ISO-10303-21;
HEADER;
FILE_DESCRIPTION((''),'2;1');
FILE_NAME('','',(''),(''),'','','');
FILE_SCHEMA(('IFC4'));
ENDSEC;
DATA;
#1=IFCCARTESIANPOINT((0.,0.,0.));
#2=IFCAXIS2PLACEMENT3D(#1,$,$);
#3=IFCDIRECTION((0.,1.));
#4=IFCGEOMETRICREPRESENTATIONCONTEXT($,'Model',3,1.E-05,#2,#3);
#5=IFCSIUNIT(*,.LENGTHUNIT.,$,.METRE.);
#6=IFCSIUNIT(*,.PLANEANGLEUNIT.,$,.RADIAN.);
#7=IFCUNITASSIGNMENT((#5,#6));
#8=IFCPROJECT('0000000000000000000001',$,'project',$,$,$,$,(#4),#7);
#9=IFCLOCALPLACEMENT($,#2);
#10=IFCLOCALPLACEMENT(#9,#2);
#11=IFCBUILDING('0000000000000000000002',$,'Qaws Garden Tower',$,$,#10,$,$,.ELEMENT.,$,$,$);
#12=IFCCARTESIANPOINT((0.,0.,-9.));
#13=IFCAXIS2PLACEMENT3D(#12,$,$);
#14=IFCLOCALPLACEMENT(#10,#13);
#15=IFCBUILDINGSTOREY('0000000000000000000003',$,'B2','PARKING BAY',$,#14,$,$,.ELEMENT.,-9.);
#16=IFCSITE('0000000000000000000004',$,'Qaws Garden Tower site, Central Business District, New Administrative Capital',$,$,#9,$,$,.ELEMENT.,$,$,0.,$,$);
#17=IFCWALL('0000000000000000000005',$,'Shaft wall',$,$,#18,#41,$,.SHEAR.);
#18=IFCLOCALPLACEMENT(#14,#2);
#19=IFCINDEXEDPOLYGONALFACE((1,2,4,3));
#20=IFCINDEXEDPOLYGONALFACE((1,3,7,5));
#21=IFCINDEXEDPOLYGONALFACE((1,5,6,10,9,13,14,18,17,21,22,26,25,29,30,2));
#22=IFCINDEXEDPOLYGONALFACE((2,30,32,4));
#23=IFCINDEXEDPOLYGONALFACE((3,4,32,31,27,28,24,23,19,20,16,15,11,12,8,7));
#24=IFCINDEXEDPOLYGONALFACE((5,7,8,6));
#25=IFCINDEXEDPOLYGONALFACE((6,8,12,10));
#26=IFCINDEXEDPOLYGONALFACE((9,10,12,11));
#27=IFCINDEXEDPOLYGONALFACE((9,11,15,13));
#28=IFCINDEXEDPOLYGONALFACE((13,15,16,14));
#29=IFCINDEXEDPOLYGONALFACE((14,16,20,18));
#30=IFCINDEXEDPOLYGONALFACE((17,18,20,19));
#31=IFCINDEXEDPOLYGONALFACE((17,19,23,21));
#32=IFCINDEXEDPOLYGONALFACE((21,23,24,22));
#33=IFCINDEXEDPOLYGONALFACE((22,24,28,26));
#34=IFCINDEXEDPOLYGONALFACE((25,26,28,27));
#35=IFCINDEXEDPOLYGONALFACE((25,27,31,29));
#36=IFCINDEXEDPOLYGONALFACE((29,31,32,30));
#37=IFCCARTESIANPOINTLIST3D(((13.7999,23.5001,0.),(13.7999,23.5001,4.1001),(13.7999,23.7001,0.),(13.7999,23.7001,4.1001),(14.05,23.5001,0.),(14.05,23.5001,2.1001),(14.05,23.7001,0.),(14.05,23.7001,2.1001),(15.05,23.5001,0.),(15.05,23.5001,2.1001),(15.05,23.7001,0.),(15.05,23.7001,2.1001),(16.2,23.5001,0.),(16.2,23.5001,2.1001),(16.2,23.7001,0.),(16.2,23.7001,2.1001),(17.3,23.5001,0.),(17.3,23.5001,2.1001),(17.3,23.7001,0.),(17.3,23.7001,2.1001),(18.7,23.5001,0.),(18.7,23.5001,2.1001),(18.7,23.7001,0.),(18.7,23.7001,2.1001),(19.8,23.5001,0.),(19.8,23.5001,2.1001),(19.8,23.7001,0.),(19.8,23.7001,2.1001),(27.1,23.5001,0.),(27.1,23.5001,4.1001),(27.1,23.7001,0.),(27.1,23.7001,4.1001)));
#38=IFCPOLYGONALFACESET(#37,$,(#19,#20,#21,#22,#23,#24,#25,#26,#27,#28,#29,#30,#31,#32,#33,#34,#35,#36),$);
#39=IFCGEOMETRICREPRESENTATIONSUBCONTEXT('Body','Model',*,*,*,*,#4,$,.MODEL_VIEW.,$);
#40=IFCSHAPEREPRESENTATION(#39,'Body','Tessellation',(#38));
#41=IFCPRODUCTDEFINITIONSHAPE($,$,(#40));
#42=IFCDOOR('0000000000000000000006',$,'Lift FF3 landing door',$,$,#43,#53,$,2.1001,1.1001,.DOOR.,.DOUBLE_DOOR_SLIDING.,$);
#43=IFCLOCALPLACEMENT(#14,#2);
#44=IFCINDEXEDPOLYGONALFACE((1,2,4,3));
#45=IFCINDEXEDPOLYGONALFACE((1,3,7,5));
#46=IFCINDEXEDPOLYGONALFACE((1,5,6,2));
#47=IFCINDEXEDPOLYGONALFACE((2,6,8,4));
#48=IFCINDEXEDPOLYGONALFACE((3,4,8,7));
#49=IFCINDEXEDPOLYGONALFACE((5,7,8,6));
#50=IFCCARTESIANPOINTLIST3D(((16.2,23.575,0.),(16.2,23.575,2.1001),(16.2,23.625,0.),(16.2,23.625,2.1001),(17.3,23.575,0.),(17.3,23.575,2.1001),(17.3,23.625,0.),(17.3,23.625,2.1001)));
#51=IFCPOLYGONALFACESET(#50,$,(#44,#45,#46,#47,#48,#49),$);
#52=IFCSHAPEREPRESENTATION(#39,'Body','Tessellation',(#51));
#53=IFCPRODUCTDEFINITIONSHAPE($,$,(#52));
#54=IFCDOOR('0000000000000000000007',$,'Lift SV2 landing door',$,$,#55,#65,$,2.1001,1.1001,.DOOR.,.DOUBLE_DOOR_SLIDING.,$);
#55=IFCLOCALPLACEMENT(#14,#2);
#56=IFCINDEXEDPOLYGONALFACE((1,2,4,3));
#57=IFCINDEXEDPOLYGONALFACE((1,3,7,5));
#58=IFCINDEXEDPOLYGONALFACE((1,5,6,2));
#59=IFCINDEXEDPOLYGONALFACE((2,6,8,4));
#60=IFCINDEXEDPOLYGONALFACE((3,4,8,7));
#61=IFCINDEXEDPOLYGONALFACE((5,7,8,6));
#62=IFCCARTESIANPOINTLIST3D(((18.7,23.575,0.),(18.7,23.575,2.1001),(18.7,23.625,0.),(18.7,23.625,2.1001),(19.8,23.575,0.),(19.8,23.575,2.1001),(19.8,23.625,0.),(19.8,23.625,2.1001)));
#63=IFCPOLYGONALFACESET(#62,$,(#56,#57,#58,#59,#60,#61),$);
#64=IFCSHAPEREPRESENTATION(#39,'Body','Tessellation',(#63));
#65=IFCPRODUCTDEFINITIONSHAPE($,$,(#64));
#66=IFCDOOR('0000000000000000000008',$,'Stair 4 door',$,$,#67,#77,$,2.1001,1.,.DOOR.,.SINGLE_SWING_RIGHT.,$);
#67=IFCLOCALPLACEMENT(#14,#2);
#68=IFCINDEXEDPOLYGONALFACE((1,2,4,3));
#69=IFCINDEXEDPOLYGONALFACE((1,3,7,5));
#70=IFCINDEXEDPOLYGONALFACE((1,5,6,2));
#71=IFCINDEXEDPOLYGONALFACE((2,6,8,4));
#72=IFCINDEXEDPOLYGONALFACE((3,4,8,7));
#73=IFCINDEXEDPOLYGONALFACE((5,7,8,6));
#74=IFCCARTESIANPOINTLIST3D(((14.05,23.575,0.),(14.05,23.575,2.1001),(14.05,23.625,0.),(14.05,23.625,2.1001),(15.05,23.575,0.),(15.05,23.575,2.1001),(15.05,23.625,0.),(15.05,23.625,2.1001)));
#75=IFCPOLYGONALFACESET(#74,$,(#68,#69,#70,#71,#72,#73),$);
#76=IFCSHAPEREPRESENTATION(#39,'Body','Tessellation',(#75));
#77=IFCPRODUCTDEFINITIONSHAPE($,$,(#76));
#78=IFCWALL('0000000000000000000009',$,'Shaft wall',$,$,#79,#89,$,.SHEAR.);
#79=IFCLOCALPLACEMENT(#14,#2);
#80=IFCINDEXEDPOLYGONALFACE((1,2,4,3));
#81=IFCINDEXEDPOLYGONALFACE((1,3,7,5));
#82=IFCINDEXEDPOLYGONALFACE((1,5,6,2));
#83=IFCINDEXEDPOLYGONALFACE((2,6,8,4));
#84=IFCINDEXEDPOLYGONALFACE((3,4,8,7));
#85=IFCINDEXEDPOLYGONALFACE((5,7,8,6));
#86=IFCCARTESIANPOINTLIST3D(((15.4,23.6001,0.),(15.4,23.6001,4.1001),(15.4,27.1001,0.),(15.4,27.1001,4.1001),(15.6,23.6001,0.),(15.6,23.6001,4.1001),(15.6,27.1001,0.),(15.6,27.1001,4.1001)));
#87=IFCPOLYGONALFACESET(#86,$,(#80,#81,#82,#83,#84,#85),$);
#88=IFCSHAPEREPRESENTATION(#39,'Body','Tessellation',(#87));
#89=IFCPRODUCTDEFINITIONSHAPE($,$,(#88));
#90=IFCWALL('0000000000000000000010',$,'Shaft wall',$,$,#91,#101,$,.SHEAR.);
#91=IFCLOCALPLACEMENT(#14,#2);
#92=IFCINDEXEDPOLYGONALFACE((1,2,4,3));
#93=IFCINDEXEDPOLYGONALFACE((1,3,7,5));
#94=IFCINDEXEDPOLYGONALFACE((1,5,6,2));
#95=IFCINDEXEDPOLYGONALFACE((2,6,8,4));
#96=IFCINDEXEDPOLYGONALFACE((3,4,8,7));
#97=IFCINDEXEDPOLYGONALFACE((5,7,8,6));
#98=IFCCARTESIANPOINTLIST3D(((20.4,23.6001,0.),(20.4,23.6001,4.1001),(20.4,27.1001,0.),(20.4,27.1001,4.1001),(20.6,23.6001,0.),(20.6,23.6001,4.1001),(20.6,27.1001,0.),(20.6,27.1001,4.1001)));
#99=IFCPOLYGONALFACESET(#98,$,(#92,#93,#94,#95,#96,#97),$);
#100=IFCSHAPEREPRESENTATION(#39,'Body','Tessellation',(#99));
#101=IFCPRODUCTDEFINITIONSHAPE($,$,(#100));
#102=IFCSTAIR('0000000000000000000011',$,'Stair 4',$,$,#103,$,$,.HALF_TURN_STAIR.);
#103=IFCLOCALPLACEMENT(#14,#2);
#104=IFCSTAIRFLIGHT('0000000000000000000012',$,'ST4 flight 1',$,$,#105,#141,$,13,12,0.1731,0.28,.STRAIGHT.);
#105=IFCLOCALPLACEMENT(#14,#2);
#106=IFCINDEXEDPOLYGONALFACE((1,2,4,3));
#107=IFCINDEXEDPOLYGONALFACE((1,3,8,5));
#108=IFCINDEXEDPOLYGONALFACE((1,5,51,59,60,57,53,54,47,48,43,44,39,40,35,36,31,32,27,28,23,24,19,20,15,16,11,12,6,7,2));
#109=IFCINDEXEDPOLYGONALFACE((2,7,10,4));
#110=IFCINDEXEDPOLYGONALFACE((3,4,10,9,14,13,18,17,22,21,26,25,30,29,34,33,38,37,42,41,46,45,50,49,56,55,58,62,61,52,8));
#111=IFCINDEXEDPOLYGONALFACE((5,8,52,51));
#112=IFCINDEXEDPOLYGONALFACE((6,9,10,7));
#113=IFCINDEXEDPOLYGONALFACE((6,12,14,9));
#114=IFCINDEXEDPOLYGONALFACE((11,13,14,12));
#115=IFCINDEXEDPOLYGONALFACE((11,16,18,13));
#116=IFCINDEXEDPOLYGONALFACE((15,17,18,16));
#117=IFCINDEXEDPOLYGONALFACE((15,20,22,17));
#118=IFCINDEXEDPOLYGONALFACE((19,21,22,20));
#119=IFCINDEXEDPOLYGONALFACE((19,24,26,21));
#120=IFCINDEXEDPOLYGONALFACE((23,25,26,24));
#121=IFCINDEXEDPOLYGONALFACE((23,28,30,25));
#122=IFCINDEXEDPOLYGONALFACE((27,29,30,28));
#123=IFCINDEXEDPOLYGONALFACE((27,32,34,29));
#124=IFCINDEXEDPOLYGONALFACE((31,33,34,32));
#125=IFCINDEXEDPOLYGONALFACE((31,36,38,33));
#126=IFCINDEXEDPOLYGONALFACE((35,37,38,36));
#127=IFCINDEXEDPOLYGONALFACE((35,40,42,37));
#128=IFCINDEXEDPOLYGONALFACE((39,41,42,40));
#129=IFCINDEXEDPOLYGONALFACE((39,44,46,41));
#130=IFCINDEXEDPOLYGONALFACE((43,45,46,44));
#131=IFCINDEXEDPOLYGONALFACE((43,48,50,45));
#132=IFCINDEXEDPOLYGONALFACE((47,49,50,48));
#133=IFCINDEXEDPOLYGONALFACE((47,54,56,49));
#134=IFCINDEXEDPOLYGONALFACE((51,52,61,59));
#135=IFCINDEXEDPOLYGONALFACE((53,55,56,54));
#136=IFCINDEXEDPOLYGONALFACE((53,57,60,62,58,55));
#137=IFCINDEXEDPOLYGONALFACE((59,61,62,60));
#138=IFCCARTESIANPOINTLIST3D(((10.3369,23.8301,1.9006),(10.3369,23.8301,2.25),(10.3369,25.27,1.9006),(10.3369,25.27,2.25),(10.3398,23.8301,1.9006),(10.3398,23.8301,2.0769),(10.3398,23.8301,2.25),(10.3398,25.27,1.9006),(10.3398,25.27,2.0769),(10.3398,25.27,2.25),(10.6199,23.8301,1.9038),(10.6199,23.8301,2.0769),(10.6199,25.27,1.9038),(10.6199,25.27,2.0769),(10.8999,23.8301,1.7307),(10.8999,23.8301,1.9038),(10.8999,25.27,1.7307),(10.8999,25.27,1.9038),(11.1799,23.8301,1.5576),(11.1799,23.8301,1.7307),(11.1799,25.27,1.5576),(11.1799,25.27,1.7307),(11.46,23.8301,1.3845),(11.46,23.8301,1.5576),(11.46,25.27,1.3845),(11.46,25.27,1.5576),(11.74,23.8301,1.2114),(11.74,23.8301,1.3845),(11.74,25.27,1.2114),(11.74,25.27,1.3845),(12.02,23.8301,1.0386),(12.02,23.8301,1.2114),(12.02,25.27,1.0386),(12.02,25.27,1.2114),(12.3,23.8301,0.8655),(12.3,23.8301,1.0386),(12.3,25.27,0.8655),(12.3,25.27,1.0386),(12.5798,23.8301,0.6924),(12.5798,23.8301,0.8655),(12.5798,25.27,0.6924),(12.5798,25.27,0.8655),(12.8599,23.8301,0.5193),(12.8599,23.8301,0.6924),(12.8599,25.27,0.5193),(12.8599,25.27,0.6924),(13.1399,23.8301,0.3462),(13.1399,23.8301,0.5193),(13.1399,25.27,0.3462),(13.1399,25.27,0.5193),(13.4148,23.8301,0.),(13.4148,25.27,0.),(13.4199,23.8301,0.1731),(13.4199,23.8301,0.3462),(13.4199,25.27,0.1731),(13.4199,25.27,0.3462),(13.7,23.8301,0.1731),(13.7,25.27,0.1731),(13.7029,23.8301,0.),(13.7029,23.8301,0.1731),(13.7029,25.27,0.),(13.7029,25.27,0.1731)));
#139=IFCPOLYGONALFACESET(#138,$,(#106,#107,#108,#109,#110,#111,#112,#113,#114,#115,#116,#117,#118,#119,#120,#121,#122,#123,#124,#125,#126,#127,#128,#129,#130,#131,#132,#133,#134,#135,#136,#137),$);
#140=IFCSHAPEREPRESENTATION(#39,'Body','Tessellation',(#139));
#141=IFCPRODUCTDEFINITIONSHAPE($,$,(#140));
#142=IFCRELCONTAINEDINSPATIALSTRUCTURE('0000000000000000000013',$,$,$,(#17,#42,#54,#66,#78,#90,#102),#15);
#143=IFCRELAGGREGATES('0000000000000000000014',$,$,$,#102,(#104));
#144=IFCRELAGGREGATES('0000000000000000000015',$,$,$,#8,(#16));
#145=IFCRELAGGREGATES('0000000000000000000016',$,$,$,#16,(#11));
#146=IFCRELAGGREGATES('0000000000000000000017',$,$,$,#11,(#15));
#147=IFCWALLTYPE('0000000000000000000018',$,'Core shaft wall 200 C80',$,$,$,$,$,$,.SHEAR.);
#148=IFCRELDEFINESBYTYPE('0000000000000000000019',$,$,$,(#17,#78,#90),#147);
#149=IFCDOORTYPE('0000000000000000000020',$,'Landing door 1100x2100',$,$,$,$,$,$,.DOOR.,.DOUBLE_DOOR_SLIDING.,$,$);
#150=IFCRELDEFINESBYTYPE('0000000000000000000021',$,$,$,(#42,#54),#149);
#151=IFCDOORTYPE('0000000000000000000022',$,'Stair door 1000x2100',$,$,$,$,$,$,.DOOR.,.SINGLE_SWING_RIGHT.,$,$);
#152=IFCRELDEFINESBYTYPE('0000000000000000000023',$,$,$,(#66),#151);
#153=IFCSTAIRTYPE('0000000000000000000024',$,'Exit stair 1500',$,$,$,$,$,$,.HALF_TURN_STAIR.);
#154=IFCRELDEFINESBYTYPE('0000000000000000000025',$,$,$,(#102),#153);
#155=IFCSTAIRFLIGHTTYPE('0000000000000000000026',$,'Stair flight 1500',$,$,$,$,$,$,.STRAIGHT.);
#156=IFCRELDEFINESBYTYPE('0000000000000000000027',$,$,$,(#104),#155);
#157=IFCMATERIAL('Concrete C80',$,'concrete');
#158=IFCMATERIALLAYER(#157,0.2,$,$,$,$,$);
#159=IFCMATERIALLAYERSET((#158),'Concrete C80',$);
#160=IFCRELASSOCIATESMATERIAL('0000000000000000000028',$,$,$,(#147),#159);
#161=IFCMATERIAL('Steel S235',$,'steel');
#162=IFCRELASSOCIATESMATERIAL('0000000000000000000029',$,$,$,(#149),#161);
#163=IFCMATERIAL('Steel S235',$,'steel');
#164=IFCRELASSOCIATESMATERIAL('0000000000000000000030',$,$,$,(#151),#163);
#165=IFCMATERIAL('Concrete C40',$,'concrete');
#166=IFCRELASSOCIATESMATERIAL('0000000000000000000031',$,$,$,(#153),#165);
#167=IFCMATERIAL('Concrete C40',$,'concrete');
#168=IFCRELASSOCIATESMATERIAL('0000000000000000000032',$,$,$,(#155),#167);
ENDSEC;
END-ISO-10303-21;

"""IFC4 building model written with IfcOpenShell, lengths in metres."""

from ifc_helpers import new_model, si_unit, direction, frame, frame_2d, origin, place, context, subcontext, project, spatial, polyline, rectangle, outline, extrude, material, layer, layer_set, type_object, element, fill, aggregate, save


model = new_model("IFC4")

# Units and contexts
model_context = context("Model", 3, precision=1e-05, world=origin(), true_north=direction((0.0, 1.0)))
body_context = subcontext(model_context, "Body", "Model", "MODEL_VIEW")
ifc_project = project(units=[si_unit("LENGTHUNIT", "METRE"), si_unit("PLANEANGLEUNIT", "RADIAN")], contexts=[model_context])

# Site, building, storey
site_placement = place(None, origin())
site = spatial("IfcSite", under=ifc_project, at=site_placement, Name="Qaws Garden Tower site, Central Business District, New Administrative Capital", CompositionType="ELEMENT", RefElevation=0.0)
building_placement = place(site_placement, origin())
building = spatial("IfcBuilding", under=site, at=building_placement, Name="Qaws Garden Tower", CompositionType="ELEMENT")
storey_placement = place(building_placement, frame((0.0, 0.0, -9.0)))
storey = spatial("IfcBuildingStorey", under=building, at=storey_placement, Name="B2", Description="PARKING BAY", CompositionType="ELEMENT", Elevation=-9.0)

# Wall, openings, doors
ifc_material_1 = material(Name="Concrete C80", Category="concrete")
ifc_layer = layer(ifc_material_1, 0.2)
ifc_layer_set = layer_set([ifc_layer], Name="Concrete C80")
wall_type = type_object("IfcWallType", Name="Core shaft wall 200 C80", PredefinedType="SHEAR", material=ifc_layer_set)
wall_placement = place(storey_placement, frame((13.8, 23.6001, 0.0), z_axis=(0.0, 0.0, 1.0), x_axis=(1.0, 0.0, 0.0)))
wall = element("IfcWall", 1, at=wall_placement, inside=storey, type_object=wall_type, Name="Shaft wall", PredefinedType="SHEAR", context=body_context, shape_type="SweptSolid", body=[
    extrude(rectangle(XDim=13.3, YDim=0.2, at=frame_2d((6.6499, 0.0))), origin(), (0.0, 0.0, 1.0), 4.1001),
])
opening_1_placement = place(wall_placement, frame((2.3999, 0.0, 0.0)))
opening_1 = element("IfcOpeningElement", 2, at=opening_1_placement, cuts=wall, PredefinedType="OPENING", context=body_context, shape_type="SweptSolid", body=[
    extrude(rectangle(XDim=1.1001, YDim=2.1001, at=frame_2d((0.55, 1.05))), frame((0.0, 0.1099, 0.0), z_axis=(0.0, -1.0, 0.0), x_axis=(1.0, 0.0, 0.0)), (0.0, 0.0, 1.0), 0.22),
])
opening_2_placement = place(wall_placement, frame((4.8999, 0.0, 0.0)))
opening_2 = element("IfcOpeningElement", 3, at=opening_2_placement, cuts=wall, PredefinedType="OPENING", context=body_context, shape_type="SweptSolid", body=[
    extrude(rectangle(XDim=1.1001, YDim=2.1001, at=frame_2d((0.55, 1.05))), frame((0.0, 0.1099, 0.0), z_axis=(0.0, -1.0, 0.0), x_axis=(1.0, 0.0, 0.0)), (0.0, 0.0, 1.0), 0.22),
])
opening_3_placement = place(wall_placement, frame((0.25, 0.0, 0.0)))
opening_3 = element("IfcOpeningElement", 4, at=opening_3_placement, cuts=wall, PredefinedType="OPENING", context=body_context, shape_type="SweptSolid", body=[
    extrude(rectangle(XDim=1.0, YDim=2.1001, at=frame_2d((0.5, 1.05))), frame((0.0, 0.1099, 0.0), z_axis=(0.0, -1.0, 0.0), x_axis=(1.0, 0.0, 0.0)), (0.0, 0.0, 1.0), 0.22),
])
ifc_material_2 = material(Name="Steel S235", Category="steel")
door_type_1 = type_object("IfcDoorType", Name="Landing door 1100x2100", OperationType="DOUBLE_DOOR_SLIDING", PredefinedType="DOOR", material=ifc_material_2)
door_1_placement = place(opening_1_placement, origin())
door_1 = element("IfcDoor", 5, at=door_1_placement, inside=storey, type_object=door_type_1, Name="Lift FF3 landing door", OperationType="DOUBLE_DOOR_SLIDING", OverallHeight=2.1001, OverallWidth=1.1001, PredefinedType="DOOR", context=body_context, shape_type="SweptSolid", body=[
    extrude(rectangle(XDim=1.1001, YDim=2.1001, at=frame_2d((0.55, 1.05))), frame((0.0, 0.0249, 0.0), z_axis=(0.0, -1.0, 0.0), x_axis=(1.0, 0.0, 0.0)), (0.0, 0.0, 1.0), 0.05),
])
fill(opening_1, door_1)
door_2_placement = place(opening_2_placement, origin())
door_2 = element("IfcDoor", 6, at=door_2_placement, inside=storey, type_object=door_type_1, Name="Lift SV2 landing door", OperationType="DOUBLE_DOOR_SLIDING", OverallHeight=2.1001, OverallWidth=1.1001, PredefinedType="DOOR", context=body_context, shape_type="SweptSolid", body=[
    extrude(rectangle(XDim=1.1001, YDim=2.1001, at=frame_2d((0.55, 1.05))), frame((0.0, 0.0249, 0.0), z_axis=(0.0, -1.0, 0.0), x_axis=(1.0, 0.0, 0.0)), (0.0, 0.0, 1.0), 0.05),
])
fill(opening_2, door_2)
ifc_material_3 = material(Name="Steel S235", Category="steel")
door_type_2 = type_object("IfcDoorType", Name="Stair door 1000x2100", OperationType="SINGLE_SWING_RIGHT", PredefinedType="DOOR", material=ifc_material_3)
door_3_placement = place(opening_3_placement, origin())
door_3 = element("IfcDoor", 7, at=door_3_placement, inside=storey, type_object=door_type_2, Name="Stair 4 door", OperationType="SINGLE_SWING_RIGHT", OverallHeight=2.1001, OverallWidth=1.0, PredefinedType="DOOR", context=body_context, shape_type="SweptSolid", body=[
    extrude(rectangle(XDim=1.0, YDim=2.1001, at=frame_2d((0.5, 1.05))), frame((0.0, 0.0249, 0.0), z_axis=(0.0, -1.0, 0.0), x_axis=(1.0, 0.0, 0.0)), (0.0, 0.0, 1.0), 0.05),
])
fill(opening_3, door_3)

# Walls
for number, where, z_axis, x_axis, name in (
    (8, (15.5, 23.6001, 0.0), (0.0, 0.0, 1.0), (0.0, 1.0, 0.0), "Shaft wall"),
    (9, (20.5, 23.6001, 0.0), (0.0, 0.0, 1.0), (0.0, 1.0, 0.0), "Shaft wall"),
):
    element("IfcWall", number, at=place(storey_placement, frame(where, z_axis=z_axis, x_axis=x_axis)), inside=storey, type_object=wall_type, Name=name, PredefinedType="SHEAR", context=body_context, shape_type="SweptSolid", body=[
        extrude(rectangle(XDim=3.5, YDim=0.2, at=frame_2d((1.75, 0.0))), origin(), (0.0, 0.0, 1.0), 4.1001),
    ])

# Stair, stair flight
ifc_material_4 = material(Name="Concrete C40", Category="concrete")
stair_type = type_object("IfcStairType", Name="Exit stair 1500", PredefinedType="HALF_TURN_STAIR", material=ifc_material_4)
stair_placement = place(storey_placement, origin())
stair = element("IfcStair", 10, at=stair_placement, inside=storey, type_object=stair_type, Name="Stair 4", PredefinedType="HALF_TURN_STAIR")
ifc_material_5 = material(Name="Concrete C40", Category="concrete")
stair_flight_type = type_object("IfcStairFlightType", Name="Stair flight 1500", PredefinedType="STRAIGHT", material=ifc_material_5)
stair_flight_1_placement = place(storey_placement, frame((13.7, 24.55, 0.0), z_axis=(0.0, 0.0, 1.0), x_axis=(-1.0, 0.0, 0.0)))
stair_flight_1 = element("IfcStairFlight", 11, at=stair_flight_1_placement, type_object=stair_flight_type, Name="ST4 flight 1", NumberOfRisers=13, NumberOfTreads=12, PredefinedType="STRAIGHT", RiserHeight=0.1731, TreadLength=0.28, context=body_context, shape_type="SweptSolid", body=[
    extrude(outline(polyline([(-0.0029, 0.0), (-0.0029, 0.1731), (0.0, 0.1731), (0.28, 0.1731), (0.28, 0.3462), (0.5601, 0.3462), (0.5601, 0.5193), (0.8401, 0.5193), (0.8401, 0.6924), (1.1201, 0.6924), (1.1201, 0.8655), (1.3999, 0.8655), (1.3999, 1.0386), (1.6799, 1.0386), (1.6799, 1.2114), (1.96, 1.2114), (1.96, 1.3845), (2.24, 1.3845), (2.24, 1.5576), (2.52, 1.5576), (2.52, 1.7307), (2.8, 1.7307), (2.8, 1.9038), (3.0801, 1.9038), (3.0801, 2.0769), (3.3601, 2.0769), (3.3601, 2.25), (3.363, 2.25), (3.363, 1.9006), (3.3601, 1.9006), (0.2852, 0.0), (-0.0029, 0.0)])), frame((0.0, 0.72, 0.0), z_axis=(0.0, -1.0, 0.0), x_axis=(1.0, 0.0, 0.0)), (0.0, 0.0, 1.0), 1.4399),
])
aggregate(stair, [stair_flight_1])

save(model, "model.ifc")
